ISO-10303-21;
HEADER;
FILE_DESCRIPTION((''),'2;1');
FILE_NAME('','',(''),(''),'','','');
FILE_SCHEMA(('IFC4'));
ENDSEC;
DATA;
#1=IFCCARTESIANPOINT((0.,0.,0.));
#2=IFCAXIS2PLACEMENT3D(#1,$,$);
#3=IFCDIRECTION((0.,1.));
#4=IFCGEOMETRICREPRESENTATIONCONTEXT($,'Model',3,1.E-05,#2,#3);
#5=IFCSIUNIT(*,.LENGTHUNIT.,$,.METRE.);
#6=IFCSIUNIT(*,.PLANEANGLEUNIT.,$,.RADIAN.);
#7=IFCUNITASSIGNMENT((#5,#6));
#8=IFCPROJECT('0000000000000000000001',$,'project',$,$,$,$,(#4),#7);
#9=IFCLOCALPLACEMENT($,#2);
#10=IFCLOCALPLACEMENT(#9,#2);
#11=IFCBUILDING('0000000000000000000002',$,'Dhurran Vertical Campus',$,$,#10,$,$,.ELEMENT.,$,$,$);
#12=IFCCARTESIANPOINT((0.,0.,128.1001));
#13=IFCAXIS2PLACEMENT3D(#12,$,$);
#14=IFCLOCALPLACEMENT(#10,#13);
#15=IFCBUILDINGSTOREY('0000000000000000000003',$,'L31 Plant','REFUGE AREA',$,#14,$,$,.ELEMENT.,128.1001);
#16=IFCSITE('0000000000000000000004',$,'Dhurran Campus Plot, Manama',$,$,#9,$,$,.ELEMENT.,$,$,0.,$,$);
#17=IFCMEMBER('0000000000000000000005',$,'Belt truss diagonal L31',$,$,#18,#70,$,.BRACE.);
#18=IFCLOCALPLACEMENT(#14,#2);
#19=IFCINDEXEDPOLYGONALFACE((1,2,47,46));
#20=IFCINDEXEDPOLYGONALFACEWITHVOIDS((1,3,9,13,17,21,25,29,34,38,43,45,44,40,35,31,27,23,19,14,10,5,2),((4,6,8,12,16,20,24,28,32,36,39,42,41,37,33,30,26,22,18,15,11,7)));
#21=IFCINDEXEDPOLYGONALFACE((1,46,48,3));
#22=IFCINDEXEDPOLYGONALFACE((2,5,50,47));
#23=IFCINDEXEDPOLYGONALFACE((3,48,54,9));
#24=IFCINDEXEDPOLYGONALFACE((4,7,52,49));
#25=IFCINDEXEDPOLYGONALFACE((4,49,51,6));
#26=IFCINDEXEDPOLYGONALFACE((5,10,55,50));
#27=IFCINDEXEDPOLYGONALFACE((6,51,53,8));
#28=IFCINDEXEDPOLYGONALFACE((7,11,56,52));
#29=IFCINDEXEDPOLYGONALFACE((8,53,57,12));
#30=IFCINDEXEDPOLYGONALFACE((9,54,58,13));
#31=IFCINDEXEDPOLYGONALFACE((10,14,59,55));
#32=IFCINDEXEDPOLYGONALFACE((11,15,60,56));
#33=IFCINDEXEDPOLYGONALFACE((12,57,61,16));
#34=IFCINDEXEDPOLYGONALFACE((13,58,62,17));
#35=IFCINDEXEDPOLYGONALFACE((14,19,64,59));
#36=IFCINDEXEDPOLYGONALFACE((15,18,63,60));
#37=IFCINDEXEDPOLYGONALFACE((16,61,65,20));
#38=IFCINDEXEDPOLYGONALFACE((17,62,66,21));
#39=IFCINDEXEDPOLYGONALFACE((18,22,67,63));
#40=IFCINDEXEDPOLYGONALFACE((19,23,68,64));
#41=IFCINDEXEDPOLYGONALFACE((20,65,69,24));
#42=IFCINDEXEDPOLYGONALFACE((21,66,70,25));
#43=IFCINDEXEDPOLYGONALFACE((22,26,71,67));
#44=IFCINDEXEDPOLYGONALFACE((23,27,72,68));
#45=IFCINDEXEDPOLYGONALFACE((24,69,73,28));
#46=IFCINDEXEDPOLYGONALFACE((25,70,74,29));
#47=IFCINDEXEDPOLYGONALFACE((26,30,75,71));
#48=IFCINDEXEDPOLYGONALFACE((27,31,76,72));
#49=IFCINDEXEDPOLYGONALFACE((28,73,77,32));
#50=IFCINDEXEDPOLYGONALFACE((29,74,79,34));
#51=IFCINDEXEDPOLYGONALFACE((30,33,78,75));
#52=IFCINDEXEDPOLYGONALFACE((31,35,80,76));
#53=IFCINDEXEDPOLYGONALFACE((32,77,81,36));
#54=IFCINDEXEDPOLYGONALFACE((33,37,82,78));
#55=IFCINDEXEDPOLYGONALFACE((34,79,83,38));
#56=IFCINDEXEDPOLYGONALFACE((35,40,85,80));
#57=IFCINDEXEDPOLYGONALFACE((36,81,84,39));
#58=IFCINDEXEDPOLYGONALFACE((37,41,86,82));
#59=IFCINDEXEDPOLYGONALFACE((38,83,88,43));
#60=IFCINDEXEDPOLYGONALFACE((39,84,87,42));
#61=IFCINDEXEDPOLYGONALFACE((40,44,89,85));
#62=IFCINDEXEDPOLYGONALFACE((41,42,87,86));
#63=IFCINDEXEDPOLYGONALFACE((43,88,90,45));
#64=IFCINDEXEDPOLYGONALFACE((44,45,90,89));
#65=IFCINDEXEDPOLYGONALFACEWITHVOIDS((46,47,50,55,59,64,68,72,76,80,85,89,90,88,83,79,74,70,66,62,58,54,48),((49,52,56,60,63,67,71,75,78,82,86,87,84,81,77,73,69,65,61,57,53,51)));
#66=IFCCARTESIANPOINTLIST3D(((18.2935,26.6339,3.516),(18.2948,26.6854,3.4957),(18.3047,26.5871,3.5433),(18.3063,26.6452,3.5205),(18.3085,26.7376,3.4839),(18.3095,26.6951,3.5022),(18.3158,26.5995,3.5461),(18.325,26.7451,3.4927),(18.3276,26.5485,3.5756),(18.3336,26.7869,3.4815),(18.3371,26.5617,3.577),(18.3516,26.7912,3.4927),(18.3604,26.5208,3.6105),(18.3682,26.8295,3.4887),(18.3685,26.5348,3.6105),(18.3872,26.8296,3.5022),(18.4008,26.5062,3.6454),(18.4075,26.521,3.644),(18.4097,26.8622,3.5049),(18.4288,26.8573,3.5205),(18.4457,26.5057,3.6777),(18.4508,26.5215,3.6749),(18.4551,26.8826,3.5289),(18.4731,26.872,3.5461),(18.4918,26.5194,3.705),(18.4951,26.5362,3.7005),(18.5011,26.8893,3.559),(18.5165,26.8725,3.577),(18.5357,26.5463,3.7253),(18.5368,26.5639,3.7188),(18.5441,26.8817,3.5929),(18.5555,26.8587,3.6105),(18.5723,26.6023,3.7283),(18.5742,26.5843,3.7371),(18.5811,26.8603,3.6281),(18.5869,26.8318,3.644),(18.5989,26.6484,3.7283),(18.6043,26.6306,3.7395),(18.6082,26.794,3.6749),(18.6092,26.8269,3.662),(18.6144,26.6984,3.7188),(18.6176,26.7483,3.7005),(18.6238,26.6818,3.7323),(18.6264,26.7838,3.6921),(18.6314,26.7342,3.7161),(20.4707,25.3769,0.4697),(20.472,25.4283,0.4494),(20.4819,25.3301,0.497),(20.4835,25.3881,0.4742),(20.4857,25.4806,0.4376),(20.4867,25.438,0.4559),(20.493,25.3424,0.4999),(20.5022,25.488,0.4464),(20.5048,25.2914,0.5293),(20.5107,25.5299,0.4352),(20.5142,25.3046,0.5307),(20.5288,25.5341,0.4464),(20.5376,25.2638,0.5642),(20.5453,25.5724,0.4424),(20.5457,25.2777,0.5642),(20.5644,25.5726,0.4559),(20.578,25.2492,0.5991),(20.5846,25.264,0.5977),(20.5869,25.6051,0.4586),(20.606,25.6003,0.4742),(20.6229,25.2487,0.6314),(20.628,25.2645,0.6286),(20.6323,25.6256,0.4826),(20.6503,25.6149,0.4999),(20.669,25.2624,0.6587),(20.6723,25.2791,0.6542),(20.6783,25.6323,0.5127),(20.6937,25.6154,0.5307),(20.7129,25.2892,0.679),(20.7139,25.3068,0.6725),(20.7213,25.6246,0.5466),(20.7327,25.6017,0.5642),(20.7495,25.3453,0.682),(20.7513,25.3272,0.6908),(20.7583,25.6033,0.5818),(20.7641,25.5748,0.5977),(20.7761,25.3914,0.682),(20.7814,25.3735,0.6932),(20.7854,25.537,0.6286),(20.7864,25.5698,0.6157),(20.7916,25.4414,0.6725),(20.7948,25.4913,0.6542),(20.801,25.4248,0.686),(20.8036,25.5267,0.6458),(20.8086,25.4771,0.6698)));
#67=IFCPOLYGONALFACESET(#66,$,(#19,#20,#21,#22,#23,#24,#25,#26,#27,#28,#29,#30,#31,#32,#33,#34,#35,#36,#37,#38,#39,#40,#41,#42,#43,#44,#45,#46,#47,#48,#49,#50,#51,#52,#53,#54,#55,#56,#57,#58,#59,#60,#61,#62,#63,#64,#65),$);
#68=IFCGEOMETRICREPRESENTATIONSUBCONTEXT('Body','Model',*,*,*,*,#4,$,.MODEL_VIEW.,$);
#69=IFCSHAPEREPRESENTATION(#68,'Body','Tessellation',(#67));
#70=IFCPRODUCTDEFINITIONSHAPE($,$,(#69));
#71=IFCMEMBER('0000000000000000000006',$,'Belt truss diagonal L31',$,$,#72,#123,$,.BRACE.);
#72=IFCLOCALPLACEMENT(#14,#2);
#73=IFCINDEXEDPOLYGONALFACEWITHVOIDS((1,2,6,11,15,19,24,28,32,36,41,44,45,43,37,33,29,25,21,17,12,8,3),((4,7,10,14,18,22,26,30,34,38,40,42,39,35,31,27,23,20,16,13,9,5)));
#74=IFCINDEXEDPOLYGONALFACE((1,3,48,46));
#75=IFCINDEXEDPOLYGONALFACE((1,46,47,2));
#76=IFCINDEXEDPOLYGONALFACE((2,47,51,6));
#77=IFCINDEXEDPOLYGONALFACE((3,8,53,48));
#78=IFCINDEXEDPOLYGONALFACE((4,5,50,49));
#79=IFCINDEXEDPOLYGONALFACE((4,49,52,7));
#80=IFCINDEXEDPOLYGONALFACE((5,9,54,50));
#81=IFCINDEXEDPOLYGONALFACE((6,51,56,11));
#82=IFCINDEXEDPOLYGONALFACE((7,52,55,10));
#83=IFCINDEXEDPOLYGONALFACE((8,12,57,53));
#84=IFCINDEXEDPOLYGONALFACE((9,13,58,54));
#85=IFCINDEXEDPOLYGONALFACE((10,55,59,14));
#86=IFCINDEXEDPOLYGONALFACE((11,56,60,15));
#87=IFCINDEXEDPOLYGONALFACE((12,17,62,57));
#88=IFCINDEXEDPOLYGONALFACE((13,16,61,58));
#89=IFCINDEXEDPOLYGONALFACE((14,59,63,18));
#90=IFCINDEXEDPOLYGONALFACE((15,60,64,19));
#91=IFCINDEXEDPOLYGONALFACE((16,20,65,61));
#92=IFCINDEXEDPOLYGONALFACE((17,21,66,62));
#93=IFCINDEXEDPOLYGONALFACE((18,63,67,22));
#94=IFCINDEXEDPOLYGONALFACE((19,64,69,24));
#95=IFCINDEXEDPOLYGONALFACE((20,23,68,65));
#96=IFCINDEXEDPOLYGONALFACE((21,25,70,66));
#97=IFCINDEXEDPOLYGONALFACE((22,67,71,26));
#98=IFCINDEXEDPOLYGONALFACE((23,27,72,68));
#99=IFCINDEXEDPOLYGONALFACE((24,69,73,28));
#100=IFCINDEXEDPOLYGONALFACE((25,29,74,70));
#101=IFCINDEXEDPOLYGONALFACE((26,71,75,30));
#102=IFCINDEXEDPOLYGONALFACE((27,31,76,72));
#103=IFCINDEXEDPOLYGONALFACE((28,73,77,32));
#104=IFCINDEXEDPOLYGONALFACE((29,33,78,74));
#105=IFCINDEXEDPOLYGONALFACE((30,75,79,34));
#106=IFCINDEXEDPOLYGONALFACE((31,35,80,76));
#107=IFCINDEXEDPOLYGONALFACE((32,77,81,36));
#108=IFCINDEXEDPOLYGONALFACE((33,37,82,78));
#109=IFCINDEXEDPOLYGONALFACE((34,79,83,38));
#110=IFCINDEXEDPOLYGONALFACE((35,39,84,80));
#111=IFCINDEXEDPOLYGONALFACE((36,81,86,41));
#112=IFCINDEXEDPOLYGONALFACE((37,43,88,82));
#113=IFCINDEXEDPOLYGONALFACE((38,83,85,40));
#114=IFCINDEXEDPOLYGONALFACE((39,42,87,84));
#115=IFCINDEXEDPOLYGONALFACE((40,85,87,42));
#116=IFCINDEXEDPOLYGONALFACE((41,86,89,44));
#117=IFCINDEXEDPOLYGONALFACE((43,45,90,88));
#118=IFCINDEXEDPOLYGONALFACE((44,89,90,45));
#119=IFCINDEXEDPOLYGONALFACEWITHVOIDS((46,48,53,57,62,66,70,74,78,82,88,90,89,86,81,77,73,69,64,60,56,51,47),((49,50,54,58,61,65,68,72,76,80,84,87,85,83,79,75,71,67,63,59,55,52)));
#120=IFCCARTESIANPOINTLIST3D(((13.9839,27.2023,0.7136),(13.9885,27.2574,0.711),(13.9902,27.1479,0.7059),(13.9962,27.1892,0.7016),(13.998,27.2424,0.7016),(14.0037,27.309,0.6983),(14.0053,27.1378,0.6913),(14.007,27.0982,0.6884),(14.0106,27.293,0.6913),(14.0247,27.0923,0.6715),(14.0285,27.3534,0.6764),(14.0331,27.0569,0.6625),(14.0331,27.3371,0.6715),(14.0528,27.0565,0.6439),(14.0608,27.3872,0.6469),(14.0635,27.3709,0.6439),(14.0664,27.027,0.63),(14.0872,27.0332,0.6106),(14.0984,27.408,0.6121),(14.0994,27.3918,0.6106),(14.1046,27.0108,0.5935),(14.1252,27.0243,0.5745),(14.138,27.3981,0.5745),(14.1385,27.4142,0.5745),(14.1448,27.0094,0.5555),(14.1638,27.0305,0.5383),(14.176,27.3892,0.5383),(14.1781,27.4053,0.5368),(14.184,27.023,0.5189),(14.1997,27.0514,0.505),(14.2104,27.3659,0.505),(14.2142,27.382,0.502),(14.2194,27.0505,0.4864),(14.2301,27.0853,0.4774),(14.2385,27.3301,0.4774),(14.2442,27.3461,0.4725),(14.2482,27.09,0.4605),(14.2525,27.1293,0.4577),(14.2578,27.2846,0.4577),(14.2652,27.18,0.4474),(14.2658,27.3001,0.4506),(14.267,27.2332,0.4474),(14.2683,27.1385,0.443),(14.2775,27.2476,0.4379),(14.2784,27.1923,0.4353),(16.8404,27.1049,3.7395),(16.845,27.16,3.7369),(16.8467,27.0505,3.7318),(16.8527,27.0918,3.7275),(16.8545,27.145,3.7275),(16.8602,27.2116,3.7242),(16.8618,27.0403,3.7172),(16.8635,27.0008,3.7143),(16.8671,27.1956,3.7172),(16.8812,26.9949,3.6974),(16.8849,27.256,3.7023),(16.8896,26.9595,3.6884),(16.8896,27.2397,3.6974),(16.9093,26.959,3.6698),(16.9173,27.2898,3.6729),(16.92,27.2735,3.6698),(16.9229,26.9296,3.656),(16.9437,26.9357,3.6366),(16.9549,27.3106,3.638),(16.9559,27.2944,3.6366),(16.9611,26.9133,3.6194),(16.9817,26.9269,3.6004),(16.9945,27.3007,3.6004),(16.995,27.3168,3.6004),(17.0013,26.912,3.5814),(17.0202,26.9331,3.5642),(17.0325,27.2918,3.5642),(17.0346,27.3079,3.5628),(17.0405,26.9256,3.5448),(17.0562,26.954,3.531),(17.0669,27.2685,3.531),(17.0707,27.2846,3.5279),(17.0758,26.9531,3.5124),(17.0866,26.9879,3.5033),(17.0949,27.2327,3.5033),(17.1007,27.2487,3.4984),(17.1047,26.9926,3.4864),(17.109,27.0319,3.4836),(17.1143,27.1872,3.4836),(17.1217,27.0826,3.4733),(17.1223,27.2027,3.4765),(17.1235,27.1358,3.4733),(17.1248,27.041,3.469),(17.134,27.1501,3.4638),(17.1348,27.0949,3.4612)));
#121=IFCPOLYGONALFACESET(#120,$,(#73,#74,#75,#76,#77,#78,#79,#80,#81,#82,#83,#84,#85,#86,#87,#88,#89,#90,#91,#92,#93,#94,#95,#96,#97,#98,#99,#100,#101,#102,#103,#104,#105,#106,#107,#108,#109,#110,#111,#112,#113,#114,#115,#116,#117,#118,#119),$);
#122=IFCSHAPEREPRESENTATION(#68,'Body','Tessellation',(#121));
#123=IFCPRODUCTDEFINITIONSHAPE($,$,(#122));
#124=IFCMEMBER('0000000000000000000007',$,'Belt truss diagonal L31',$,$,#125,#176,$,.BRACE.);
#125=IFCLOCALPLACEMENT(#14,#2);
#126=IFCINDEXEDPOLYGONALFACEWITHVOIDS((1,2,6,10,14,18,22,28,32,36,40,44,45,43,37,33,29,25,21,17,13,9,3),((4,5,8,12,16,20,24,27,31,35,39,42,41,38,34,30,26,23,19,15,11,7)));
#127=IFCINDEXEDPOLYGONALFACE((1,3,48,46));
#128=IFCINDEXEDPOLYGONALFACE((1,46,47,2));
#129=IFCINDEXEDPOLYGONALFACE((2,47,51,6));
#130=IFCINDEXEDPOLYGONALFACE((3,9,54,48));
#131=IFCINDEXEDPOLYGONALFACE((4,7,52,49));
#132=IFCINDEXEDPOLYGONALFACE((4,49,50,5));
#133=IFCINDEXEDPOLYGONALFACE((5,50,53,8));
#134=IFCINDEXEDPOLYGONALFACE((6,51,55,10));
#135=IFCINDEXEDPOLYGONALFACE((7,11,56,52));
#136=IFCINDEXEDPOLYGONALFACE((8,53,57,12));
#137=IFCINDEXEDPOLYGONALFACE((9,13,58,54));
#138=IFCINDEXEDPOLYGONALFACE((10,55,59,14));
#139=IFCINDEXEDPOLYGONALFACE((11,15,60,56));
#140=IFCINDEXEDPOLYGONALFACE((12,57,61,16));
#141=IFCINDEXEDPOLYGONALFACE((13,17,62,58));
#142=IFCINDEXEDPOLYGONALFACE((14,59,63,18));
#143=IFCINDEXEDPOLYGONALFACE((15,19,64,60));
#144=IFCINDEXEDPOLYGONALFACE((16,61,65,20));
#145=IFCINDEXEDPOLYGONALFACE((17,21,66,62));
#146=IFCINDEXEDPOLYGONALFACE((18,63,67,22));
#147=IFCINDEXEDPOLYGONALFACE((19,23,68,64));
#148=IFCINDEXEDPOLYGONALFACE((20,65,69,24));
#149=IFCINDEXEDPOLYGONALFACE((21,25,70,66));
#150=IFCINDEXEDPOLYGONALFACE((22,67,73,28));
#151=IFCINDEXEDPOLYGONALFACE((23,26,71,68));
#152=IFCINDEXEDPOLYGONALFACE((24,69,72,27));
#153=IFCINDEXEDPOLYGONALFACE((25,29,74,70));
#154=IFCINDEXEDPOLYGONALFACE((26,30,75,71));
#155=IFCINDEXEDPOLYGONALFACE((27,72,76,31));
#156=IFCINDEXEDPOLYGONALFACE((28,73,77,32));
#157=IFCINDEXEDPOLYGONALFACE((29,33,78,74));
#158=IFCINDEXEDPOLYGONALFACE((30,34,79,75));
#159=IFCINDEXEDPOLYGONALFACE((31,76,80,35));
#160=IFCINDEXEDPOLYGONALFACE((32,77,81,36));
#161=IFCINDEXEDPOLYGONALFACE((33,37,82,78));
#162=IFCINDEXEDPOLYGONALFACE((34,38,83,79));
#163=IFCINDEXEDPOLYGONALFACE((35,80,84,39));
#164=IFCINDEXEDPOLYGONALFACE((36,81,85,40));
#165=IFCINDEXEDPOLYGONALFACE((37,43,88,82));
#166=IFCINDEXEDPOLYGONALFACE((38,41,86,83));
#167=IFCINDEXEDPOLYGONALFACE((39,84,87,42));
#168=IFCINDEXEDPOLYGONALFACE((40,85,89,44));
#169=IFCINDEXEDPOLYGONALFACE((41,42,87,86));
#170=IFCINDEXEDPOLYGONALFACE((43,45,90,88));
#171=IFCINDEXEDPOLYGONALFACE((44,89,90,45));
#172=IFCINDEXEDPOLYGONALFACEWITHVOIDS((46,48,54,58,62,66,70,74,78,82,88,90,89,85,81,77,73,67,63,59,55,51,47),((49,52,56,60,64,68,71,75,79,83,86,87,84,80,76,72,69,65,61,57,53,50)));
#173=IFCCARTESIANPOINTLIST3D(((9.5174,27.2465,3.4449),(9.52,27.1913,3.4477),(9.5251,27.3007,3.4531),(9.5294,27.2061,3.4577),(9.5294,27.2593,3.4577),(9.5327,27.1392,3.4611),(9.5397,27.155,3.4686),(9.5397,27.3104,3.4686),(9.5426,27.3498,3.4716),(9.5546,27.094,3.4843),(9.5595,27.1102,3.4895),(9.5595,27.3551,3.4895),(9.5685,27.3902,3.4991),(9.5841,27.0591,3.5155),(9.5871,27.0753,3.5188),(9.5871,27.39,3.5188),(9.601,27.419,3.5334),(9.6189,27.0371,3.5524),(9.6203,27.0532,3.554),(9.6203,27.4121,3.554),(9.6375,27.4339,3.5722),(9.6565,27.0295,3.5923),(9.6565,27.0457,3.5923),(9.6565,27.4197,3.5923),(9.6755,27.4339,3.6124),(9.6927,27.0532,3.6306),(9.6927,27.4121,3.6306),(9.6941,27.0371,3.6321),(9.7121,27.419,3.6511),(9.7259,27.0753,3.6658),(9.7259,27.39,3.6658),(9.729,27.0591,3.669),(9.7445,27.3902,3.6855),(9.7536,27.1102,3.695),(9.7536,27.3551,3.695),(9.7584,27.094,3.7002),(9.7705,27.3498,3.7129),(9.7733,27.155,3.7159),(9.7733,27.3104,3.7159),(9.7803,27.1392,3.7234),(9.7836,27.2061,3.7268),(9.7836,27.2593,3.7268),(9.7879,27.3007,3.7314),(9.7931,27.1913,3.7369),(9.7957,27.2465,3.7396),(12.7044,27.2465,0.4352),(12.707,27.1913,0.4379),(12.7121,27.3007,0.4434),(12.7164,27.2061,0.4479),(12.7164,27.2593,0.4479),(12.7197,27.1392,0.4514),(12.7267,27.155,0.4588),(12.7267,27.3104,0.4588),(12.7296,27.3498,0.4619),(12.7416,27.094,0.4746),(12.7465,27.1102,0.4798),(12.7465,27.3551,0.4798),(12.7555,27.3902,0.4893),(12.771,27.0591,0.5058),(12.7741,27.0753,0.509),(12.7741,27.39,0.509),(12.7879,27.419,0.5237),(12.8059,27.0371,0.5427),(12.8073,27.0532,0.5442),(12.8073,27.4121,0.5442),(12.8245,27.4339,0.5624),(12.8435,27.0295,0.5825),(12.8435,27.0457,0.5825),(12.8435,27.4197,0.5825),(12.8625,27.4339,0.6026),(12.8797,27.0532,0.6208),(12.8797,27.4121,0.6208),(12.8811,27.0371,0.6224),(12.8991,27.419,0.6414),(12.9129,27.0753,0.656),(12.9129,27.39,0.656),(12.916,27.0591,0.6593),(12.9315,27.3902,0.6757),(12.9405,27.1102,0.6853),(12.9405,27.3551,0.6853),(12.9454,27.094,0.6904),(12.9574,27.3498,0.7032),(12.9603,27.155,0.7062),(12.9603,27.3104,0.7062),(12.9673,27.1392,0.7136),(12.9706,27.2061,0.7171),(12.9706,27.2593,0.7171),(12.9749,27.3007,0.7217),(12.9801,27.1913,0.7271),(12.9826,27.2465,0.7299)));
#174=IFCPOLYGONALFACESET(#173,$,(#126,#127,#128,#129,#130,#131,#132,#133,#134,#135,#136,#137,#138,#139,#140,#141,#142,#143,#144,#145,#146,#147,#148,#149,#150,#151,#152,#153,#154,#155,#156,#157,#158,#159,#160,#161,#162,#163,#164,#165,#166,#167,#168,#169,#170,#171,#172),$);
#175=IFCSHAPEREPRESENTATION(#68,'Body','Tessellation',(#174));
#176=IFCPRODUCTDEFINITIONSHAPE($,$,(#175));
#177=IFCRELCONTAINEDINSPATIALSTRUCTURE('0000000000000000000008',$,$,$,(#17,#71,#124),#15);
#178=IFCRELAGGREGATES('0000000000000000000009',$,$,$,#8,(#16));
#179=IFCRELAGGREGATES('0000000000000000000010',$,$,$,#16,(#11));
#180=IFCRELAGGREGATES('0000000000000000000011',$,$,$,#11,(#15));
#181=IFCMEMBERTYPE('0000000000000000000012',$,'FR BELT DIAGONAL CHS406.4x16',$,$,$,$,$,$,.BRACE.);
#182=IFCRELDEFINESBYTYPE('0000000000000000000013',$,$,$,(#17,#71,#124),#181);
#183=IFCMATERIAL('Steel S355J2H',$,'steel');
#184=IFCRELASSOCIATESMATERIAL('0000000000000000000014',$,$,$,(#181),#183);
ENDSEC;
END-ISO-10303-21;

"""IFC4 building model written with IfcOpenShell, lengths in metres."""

from ifc_helpers import new_model, si_unit, direction, frame, origin, origin_2d, place, context, subcontext, project, spatial, hollow_circle, extrude, material, material_profile, profile_set, type_object, element, save


model = new_model("IFC4")

# Units and contexts
model_context = context("Model", 3, precision=1e-05, world=origin(), true_north=direction((0.0, 1.0)))
body_context = subcontext(model_context, "Body", "Model", "MODEL_VIEW")
ifc_project = project(units=[si_unit("LENGTHUNIT", "METRE"), si_unit("PLANEANGLEUNIT", "RADIAN")], contexts=[model_context])

# Site, building, storey
site_placement = place(None, origin())
site = spatial("IfcSite", under=ifc_project, at=site_placement, Name="Dhurran Campus Plot, Manama", CompositionType="ELEMENT", RefElevation=0.0)
building_placement = place(site_placement, origin())
building = spatial("IfcBuilding", under=site, at=building_placement, Name="Dhurran Vertical Campus", CompositionType="ELEMENT")
storey_placement = place(building_placement, frame((0.0, 0.0, 128.1001)))
storey = spatial("IfcBuildingStorey", under=building, at=storey_placement, Name="L31 Plant", Description="REFUGE AREA", CompositionType="ELEMENT", Elevation=128.1001)

# Members
ifc_material_1 = material(Name="Steel S355J2H", Category="steel")
ifc_material_profile_1 = material_profile(ifc_material_1, hollow_circle(Radius=0.2031, WallThickness=0.0161, at=origin_2d()), Name="CHS406.4x16")
ifc_profile_set_1 = profile_set([ifc_material_profile_1], Name="Steel S355J2H")
member_type = type_object("IfcMemberType", Name="FR BELT DIAGONAL CHS406.4x16", PredefinedType="BRACE", material=ifc_profile_set_1)
member_1_placement = place(storey_placement, frame((20.6392, 25.4397, 0.5642), z_axis=(-0.551226, 0.318262, 0.771271), x_axis=(-0.500014, -0.866017, 0.0)))
element("IfcMember", 1, at=member_1_placement, inside=storey, type_object=member_type, Name="Belt truss diagonal L31", PredefinedType="BRACE", context=body_context, shape_type="SweptSolid", body=[
    extrude(hollow_circle(Radius=0.2031, WallThickness=0.0161, at=origin_2d()), origin(), (0.0, 0.0, 1.0), 3.9497),
])
member_2_placement = place(storey_placement, frame((14.1316, 27.2112, 0.5745), z_axis=(0.686267, -0.023403, 0.726973), x_axis=(0.034083, 0.999419, 0.0)))
element("IfcMember", 2, at=member_2_placement, inside=storey, type_object=member_type, Name="Belt truss diagonal L31", PredefinedType="BRACE", context=body_context, shape_type="SweptSolid", body=[
    extrude(hollow_circle(Radius=0.2031, WallThickness=0.0161, at=origin_2d()), origin(), (0.0, 0.0, 1.0), 4.1624),
])
member_3_placement = place(storey_placement, frame((12.8435, 27.2327, 0.5825), z_axis=(-0.727035, 0.0, 0.686601), x_axis=(0.0, -1.0, 0.0)))
element("IfcMember", 3, at=member_3_placement, inside=storey, type_object=member_type, Name="Belt truss diagonal L31", PredefinedType="BRACE", context=body_context, shape_type="SweptSolid", body=[
    extrude(hollow_circle(Radius=0.2031, WallThickness=0.0161, at=origin_2d()), origin(), (0.0, 0.0, 1.0), 4.3835),
])

save(model, "model.ifc")
